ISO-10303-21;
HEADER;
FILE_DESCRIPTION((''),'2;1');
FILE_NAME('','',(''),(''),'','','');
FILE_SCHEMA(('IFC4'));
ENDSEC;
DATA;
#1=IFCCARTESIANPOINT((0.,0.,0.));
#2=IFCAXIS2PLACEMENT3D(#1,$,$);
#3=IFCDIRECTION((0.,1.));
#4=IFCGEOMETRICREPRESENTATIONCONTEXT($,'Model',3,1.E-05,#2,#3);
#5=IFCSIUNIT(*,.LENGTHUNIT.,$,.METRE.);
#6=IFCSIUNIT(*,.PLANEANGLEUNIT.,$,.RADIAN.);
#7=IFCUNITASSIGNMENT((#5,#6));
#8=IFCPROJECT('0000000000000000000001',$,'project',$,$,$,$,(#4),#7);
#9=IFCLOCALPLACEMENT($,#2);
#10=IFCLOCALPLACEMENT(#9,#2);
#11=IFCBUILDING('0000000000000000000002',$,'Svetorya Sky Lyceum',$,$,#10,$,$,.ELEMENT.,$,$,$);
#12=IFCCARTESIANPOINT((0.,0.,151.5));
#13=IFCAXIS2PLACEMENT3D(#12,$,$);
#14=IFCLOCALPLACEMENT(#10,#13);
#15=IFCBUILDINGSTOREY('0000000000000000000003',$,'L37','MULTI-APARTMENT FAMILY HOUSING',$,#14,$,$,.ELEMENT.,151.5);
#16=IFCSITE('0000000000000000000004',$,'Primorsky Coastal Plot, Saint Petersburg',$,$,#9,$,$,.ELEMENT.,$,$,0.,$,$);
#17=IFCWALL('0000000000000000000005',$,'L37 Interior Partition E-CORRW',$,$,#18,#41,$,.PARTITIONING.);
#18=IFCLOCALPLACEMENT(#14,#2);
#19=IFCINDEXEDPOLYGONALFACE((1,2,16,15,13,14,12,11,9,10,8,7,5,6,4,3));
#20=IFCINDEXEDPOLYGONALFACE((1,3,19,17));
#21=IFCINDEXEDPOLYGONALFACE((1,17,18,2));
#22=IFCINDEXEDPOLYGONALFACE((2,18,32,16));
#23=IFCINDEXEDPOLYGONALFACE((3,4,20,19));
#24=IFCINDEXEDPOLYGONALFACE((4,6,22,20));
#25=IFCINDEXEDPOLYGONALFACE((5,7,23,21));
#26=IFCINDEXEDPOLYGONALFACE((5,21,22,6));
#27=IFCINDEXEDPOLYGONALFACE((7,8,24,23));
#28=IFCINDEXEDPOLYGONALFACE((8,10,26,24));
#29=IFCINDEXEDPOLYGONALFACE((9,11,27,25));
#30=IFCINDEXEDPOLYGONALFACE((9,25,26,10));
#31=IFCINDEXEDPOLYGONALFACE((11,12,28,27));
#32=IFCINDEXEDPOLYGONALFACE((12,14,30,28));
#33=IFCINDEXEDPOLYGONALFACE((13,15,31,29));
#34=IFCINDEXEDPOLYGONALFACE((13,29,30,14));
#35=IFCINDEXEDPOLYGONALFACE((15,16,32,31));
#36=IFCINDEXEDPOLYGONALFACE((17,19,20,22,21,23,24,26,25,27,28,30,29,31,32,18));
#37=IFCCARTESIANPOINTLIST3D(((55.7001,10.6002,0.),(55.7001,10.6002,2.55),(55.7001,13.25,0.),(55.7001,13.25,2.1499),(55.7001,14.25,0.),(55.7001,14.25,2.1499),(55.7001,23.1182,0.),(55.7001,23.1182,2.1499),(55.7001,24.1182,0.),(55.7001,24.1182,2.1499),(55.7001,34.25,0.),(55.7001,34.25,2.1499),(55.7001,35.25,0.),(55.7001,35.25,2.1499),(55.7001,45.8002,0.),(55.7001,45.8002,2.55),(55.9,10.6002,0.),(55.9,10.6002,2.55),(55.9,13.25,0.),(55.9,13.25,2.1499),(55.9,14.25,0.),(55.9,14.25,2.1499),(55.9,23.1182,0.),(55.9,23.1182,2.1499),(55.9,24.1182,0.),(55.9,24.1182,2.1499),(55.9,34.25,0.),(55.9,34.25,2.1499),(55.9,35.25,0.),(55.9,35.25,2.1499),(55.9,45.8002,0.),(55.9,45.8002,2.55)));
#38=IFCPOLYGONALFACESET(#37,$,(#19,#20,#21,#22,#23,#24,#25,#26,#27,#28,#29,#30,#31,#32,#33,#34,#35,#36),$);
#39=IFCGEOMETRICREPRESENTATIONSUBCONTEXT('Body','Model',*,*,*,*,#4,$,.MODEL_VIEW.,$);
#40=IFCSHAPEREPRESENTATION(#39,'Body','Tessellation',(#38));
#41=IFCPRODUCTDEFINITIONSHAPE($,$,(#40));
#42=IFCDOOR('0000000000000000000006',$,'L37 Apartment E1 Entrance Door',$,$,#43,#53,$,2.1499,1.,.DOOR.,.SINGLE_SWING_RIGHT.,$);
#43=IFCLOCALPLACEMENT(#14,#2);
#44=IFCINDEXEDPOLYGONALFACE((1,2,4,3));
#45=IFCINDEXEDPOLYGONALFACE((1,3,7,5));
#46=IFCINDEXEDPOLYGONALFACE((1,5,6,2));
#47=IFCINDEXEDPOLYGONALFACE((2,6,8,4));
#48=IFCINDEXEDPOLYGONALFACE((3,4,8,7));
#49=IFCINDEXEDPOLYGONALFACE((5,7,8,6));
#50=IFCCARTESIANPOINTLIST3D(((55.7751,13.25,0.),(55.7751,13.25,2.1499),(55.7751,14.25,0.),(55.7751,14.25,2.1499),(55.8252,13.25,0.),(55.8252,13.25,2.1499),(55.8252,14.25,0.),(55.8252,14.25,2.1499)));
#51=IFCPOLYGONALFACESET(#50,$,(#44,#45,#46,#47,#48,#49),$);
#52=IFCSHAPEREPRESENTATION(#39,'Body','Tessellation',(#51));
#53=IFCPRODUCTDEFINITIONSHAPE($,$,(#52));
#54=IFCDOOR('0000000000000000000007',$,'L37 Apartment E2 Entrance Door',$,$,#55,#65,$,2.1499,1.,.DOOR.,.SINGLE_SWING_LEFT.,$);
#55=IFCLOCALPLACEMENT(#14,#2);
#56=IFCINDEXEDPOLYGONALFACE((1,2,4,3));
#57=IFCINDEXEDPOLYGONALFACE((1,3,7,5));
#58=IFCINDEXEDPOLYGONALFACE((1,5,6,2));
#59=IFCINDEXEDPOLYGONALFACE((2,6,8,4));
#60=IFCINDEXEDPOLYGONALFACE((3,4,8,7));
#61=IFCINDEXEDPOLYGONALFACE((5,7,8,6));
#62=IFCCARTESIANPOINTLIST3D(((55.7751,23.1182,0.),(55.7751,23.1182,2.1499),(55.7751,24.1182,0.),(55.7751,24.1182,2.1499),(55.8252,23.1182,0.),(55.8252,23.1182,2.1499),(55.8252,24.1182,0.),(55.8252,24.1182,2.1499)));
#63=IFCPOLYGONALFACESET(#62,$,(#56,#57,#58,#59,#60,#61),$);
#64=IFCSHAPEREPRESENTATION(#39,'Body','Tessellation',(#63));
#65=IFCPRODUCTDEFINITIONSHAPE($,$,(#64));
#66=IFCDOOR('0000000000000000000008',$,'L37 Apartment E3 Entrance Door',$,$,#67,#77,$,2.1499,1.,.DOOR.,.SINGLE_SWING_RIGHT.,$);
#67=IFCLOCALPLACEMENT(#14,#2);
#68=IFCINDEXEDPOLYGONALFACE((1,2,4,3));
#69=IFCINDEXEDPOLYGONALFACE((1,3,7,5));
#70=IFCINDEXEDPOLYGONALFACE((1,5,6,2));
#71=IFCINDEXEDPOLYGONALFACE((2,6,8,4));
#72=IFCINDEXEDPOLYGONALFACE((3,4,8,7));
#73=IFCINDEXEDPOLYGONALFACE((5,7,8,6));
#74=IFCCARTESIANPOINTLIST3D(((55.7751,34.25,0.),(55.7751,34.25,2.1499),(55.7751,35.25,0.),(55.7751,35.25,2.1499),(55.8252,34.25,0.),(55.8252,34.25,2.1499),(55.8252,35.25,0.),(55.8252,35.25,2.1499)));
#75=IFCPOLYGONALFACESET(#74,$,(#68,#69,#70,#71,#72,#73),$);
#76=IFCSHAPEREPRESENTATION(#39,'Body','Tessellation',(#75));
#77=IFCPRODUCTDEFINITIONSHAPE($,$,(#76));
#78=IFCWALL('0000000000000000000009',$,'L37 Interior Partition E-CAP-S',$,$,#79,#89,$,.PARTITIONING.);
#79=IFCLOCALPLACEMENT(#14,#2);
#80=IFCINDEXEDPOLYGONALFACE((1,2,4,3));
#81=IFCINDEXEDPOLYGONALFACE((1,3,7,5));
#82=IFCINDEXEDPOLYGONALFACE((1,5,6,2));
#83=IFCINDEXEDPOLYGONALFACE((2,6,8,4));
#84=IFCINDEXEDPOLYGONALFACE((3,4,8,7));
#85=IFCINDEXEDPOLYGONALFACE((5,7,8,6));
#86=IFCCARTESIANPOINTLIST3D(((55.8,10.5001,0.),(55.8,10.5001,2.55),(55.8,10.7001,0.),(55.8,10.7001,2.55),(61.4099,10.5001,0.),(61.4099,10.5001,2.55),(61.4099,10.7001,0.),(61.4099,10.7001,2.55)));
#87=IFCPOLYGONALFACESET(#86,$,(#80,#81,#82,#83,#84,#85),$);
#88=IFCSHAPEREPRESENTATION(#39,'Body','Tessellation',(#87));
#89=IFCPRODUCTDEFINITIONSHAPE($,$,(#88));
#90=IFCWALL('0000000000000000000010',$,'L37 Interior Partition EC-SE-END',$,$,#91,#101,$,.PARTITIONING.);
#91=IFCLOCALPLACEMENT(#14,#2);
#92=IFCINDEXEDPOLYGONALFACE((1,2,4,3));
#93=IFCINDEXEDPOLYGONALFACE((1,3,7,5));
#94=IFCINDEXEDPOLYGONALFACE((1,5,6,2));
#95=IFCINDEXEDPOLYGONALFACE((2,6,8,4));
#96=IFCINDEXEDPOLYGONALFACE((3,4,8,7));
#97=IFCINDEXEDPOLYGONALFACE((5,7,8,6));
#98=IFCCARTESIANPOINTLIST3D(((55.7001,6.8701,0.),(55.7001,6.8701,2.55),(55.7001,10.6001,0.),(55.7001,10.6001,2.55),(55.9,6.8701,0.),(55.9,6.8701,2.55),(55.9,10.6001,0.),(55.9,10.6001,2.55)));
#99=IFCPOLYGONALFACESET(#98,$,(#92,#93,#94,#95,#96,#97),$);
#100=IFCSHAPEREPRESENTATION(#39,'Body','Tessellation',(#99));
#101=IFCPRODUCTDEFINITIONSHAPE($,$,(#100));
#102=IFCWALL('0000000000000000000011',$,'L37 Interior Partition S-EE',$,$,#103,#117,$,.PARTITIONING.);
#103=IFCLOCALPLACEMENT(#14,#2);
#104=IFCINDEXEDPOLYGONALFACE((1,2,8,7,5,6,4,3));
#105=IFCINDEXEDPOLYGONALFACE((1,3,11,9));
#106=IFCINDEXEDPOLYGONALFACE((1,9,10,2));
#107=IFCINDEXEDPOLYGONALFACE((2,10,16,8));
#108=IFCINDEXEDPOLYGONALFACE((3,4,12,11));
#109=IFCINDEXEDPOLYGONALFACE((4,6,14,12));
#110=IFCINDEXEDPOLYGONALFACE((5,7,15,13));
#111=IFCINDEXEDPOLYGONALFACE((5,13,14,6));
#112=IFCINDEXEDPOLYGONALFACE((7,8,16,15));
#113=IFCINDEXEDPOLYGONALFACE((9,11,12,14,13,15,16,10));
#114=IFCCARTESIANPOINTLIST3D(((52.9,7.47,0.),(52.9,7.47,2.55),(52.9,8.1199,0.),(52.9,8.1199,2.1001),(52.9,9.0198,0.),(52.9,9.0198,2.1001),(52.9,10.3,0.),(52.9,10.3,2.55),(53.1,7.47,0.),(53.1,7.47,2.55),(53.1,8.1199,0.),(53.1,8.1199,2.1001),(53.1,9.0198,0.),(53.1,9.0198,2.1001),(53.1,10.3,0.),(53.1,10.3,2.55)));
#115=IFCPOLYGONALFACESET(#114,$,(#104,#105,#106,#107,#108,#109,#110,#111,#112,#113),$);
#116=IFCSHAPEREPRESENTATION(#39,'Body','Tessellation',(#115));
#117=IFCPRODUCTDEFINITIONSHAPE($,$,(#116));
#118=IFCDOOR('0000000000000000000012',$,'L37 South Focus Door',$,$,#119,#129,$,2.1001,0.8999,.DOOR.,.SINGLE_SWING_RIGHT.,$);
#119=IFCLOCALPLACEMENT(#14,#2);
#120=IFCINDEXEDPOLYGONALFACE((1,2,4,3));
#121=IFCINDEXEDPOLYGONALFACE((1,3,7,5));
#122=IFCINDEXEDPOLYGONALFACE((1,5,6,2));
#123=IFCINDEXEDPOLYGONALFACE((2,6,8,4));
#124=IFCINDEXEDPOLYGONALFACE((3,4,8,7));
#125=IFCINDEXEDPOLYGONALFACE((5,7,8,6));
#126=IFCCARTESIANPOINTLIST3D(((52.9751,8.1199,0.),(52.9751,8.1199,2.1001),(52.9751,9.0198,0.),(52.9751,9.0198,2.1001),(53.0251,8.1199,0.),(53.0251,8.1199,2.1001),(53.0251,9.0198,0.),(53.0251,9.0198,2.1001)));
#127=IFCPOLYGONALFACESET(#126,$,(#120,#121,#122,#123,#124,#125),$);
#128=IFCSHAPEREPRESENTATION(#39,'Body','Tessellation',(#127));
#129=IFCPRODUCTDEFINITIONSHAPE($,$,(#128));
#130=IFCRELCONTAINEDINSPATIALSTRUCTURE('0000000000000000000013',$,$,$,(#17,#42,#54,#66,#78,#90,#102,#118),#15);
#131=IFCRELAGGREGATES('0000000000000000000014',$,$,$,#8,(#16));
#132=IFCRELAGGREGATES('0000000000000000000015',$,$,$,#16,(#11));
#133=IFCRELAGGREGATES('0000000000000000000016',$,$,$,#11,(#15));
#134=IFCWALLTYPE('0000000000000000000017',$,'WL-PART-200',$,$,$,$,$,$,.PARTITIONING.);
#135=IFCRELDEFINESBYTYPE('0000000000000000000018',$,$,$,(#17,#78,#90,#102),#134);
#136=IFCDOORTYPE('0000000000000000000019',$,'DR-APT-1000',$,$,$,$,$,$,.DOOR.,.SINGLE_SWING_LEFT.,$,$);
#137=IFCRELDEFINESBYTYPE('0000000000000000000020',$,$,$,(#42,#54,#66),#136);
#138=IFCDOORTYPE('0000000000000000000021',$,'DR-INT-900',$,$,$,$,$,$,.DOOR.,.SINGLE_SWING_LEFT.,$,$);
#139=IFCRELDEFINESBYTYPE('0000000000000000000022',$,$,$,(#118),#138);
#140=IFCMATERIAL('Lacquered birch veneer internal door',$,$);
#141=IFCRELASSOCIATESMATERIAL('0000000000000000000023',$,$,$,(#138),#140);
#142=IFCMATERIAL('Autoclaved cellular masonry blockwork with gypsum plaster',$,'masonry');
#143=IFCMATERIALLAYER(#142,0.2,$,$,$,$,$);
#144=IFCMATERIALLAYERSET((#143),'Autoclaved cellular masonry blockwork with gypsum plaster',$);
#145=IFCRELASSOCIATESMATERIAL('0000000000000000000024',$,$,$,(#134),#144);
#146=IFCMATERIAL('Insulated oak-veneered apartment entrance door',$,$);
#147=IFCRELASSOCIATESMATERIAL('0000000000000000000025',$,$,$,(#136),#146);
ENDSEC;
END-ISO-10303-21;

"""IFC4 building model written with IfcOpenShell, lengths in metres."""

from ifc_helpers import new_model, si_unit, direction, frame, frame_2d, origin, place, context, subcontext, project, spatial, rectangle, extrude, material, layer, layer_set, type_object, element, fill, save


model = new_model("IFC4")

# Units and contexts
model_context = context("Model", 3, precision=1e-05, world=origin(), true_north=direction((0.0, 1.0)))
body_context = subcontext(model_context, "Body", "Model", "MODEL_VIEW")
ifc_project = project(units=[si_unit("LENGTHUNIT", "METRE"), si_unit("PLANEANGLEUNIT", "RADIAN")], contexts=[model_context])

# Site, building, storey
site_placement = place(None, origin())
site = spatial("IfcSite", under=ifc_project, at=site_placement, Name="Primorsky Coastal Plot, Saint Petersburg", CompositionType="ELEMENT", RefElevation=0.0)
building_placement = place(site_placement, origin())
building = spatial("IfcBuilding", under=site, at=building_placement, Name="Svetorya Sky Lyceum", CompositionType="ELEMENT")
storey_placement = place(building_placement, frame((0.0, 0.0, 151.5)))
storey = spatial("IfcBuildingStorey", under=building, at=storey_placement, Name="L37", Description="MULTI-APARTMENT FAMILY HOUSING", CompositionType="ELEMENT", Elevation=151.5)

# Shared definitions
ifc_material_1 = material(Name="Lacquered birch veneer internal door")
door_type_1 = type_object("IfcDoorType", Name="DR-INT-900", OperationType="SINGLE_SWING_LEFT", PredefinedType="DOOR", material=ifc_material_1)

# Wall, openings, doors
ifc_material_2 = material(Name="Autoclaved cellular masonry blockwork with gypsum plaster", Category="masonry")
ifc_layer_1 = layer(ifc_material_2, 0.2)
ifc_layer_set_1 = layer_set([ifc_layer_1], Name="Autoclaved cellular masonry blockwork with gypsum plaster")
wall_type_1 = type_object("IfcWallType", Name="WL-PART-200", PredefinedType="PARTITIONING", material=ifc_layer_set_1)
wall_1_placement = place(storey_placement, frame((55.8, 10.6001, 0.0), z_axis=(0.0, 0.0, 1.0), x_axis=(0.0, 1.0, 0.0)))
wall_1 = element("IfcWall", 1, at=wall_1_placement, inside=storey, type_object=wall_type_1, Name="L37 Interior Partition E-CORRW", PredefinedType="PARTITIONING", context=body_context, shape_type="SweptSolid", body=[
    extrude(rectangle(XDim=35.2, YDim=0.2, at=frame_2d((17.6001, 0.0))), origin(), (0.0, 0.0, 1.0), 2.55),
])
opening_1_placement = place(wall_1_placement, frame((2.6499, 0.0, 0.0)))
opening_1 = element("IfcOpeningElement", 2, at=opening_1_placement, cuts=wall_1, PredefinedType="OPENING", context=body_context, shape_type="SweptSolid", body=[
    extrude(rectangle(XDim=1.0, YDim=2.1499, at=frame_2d((0.5, 1.075))), frame((0.0, 0.1099, 0.0), z_axis=(0.0, -1.0, 0.0), x_axis=(1.0, 0.0, 0.0)), (0.0, 0.0, 1.0), 0.22),
])
opening_2_placement = place(wall_1_placement, frame((12.5181, 0.0, 0.0)))
opening_2 = element("IfcOpeningElement", 3, at=opening_2_placement, cuts=wall_1, PredefinedType="OPENING", context=body_context, shape_type="SweptSolid", body=[
    extrude(rectangle(XDim=1.0, YDim=2.1499, at=frame_2d((0.5, 1.075))), frame((0.0, 0.1099, 0.0), z_axis=(0.0, -1.0, 0.0), x_axis=(1.0, 0.0, 0.0)), (0.0, 0.0, 1.0), 0.22),
])
opening_3_placement = place(wall_1_placement, frame((23.6499, 0.0, 0.0)))
opening_3 = element("IfcOpeningElement", 4, at=opening_3_placement, cuts=wall_1, PredefinedType="OPENING", context=body_context, shape_type="SweptSolid", body=[
    extrude(rectangle(XDim=1.0, YDim=2.1499, at=frame_2d((0.5, 1.075))), frame((0.0, 0.1099, 0.0), z_axis=(0.0, -1.0, 0.0), x_axis=(1.0, 0.0, 0.0)), (0.0, 0.0, 1.0), 0.22),
])
ifc_material_3 = material(Name="Insulated oak-veneered apartment entrance door")
door_type_2 = type_object("IfcDoorType", Name="DR-APT-1000", OperationType="SINGLE_SWING_LEFT", PredefinedType="DOOR", material=ifc_material_3)
door_1_placement = place(opening_1_placement, origin())
door_1 = element("IfcDoor", 5, at=door_1_placement, inside=storey, type_object=door_type_2, Name="L37 Apartment E1 Entrance Door", OperationType="SINGLE_SWING_RIGHT", OverallHeight=2.1499, OverallWidth=1.0, PredefinedType="DOOR", context=body_context, shape_type="SweptSolid", body=[
    extrude(rectangle(XDim=1.0, YDim=2.1499, at=frame_2d((0.5, 1.075))), frame((0.0, 0.0249, 0.0), z_axis=(0.0, -1.0, 0.0), x_axis=(1.0, 0.0, 0.0)), (0.0, 0.0, 1.0), 0.05),
])
fill(opening_1, door_1)
door_2_placement = place(opening_2_placement, origin())
door_2 = element("IfcDoor", 6, at=door_2_placement, inside=storey, type_object=door_type_2, Name="L37 Apartment E2 Entrance Door", OperationType="SINGLE_SWING_LEFT", OverallHeight=2.1499, OverallWidth=1.0, PredefinedType="DOOR", context=body_context, shape_type="SweptSolid", body=[
    extrude(rectangle(XDim=1.0, YDim=2.1499, at=frame_2d((0.5, 1.075))), frame((0.0, 0.0249, 0.0), z_axis=(0.0, -1.0, 0.0), x_axis=(1.0, 0.0, 0.0)), (0.0, 0.0, 1.0), 0.05),
])
fill(opening_2, door_2)
door_3_placement = place(opening_3_placement, origin())
door_3 = element("IfcDoor", 7, at=door_3_placement, inside=storey, type_object=door_type_2, Name="L37 Apartment E3 Entrance Door", OperationType="SINGLE_SWING_RIGHT", OverallHeight=2.1499, OverallWidth=1.0, PredefinedType="DOOR", context=body_context, shape_type="SweptSolid", body=[
    extrude(rectangle(XDim=1.0, YDim=2.1499, at=frame_2d((0.5, 1.075))), frame((0.0, 0.0249, 0.0), z_axis=(0.0, -1.0, 0.0), x_axis=(1.0, 0.0, 0.0)), (0.0, 0.0, 1.0), 0.05),
])
fill(opening_3, door_3)

# Walls
wall_2_placement = place(storey_placement, frame((55.8, 10.6001, 0.0), z_axis=(0.0, 0.0, 1.0), x_axis=(1.0, 0.0, 0.0)))
element("IfcWall", 8, at=wall_2_placement, inside=storey, type_object=wall_type_1, Name="L37 Interior Partition E-CAP-S", PredefinedType="PARTITIONING", context=body_context, shape_type="SweptSolid", body=[
    extrude(rectangle(XDim=5.6099, YDim=0.2, at=frame_2d((2.8049, 0.0))), origin(), (0.0, 0.0, 1.0), 2.55),
])
wall_3_placement = place(storey_placement, frame((55.8, 6.8701, 0.0), z_axis=(0.0, 0.0, 1.0), x_axis=(0.0, 1.0, 0.0)))
element("IfcWall", 9, at=wall_3_placement, inside=storey, type_object=wall_type_1, Name="L37 Interior Partition EC-SE-END", PredefinedType="PARTITIONING", context=body_context, shape_type="SweptSolid", body=[
    extrude(rectangle(XDim=3.73, YDim=0.2, at=frame_2d((1.865, 0.0))), origin(), (0.0, 0.0, 1.0), 2.55),
])

# Wall, opening, door
wall_4_placement = place(storey_placement, frame((53.0, 7.47, 0.0), z_axis=(0.0, 0.0, 1.0), x_axis=(0.0, 1.0, 0.0)))
wall_4 = element("IfcWall", 10, at=wall_4_placement, inside=storey, type_object=wall_type_1, Name="L37 Interior Partition S-EE", PredefinedType="PARTITIONING", context=body_context, shape_type="SweptSolid", body=[
    extrude(rectangle(XDim=2.8301, YDim=0.2, at=frame_2d((1.415, 0.0))), origin(), (0.0, 0.0, 1.0), 2.55),
])
opening_4_placement = place(wall_4_placement, frame((0.6499, 0.0, 0.0)))
opening_4 = element("IfcOpeningElement", 11, at=opening_4_placement, cuts=wall_4, PredefinedType="OPENING", context=body_context, shape_type="SweptSolid", body=[
    extrude(rectangle(XDim=0.8999, YDim=2.1001, at=frame_2d((0.45, 1.05))), frame((0.0, 0.1099, 0.0), z_axis=(0.0, -1.0, 0.0), x_axis=(1.0, 0.0, 0.0)), (0.0, 0.0, 1.0), 0.22),
])
door_4_placement = place(opening_4_placement, origin())
door_4 = element("IfcDoor", 12, at=door_4_placement, inside=storey, type_object=door_type_1, Name="L37 South Focus Door", OperationType="SINGLE_SWING_RIGHT", OverallHeight=2.1001, OverallWidth=0.8999, PredefinedType="DOOR", context=body_context, shape_type="SweptSolid", body=[
    extrude(rectangle(XDim=0.8999, YDim=2.1001, at=frame_2d((0.45, 1.05))), frame((0.0, 0.0249, 0.0), z_axis=(0.0, -1.0, 0.0), x_axis=(1.0, 0.0, 0.0)), (0.0, 0.0, 1.0), 0.05),
])
fill(opening_4, door_4)

save(model, "model.ifc")
